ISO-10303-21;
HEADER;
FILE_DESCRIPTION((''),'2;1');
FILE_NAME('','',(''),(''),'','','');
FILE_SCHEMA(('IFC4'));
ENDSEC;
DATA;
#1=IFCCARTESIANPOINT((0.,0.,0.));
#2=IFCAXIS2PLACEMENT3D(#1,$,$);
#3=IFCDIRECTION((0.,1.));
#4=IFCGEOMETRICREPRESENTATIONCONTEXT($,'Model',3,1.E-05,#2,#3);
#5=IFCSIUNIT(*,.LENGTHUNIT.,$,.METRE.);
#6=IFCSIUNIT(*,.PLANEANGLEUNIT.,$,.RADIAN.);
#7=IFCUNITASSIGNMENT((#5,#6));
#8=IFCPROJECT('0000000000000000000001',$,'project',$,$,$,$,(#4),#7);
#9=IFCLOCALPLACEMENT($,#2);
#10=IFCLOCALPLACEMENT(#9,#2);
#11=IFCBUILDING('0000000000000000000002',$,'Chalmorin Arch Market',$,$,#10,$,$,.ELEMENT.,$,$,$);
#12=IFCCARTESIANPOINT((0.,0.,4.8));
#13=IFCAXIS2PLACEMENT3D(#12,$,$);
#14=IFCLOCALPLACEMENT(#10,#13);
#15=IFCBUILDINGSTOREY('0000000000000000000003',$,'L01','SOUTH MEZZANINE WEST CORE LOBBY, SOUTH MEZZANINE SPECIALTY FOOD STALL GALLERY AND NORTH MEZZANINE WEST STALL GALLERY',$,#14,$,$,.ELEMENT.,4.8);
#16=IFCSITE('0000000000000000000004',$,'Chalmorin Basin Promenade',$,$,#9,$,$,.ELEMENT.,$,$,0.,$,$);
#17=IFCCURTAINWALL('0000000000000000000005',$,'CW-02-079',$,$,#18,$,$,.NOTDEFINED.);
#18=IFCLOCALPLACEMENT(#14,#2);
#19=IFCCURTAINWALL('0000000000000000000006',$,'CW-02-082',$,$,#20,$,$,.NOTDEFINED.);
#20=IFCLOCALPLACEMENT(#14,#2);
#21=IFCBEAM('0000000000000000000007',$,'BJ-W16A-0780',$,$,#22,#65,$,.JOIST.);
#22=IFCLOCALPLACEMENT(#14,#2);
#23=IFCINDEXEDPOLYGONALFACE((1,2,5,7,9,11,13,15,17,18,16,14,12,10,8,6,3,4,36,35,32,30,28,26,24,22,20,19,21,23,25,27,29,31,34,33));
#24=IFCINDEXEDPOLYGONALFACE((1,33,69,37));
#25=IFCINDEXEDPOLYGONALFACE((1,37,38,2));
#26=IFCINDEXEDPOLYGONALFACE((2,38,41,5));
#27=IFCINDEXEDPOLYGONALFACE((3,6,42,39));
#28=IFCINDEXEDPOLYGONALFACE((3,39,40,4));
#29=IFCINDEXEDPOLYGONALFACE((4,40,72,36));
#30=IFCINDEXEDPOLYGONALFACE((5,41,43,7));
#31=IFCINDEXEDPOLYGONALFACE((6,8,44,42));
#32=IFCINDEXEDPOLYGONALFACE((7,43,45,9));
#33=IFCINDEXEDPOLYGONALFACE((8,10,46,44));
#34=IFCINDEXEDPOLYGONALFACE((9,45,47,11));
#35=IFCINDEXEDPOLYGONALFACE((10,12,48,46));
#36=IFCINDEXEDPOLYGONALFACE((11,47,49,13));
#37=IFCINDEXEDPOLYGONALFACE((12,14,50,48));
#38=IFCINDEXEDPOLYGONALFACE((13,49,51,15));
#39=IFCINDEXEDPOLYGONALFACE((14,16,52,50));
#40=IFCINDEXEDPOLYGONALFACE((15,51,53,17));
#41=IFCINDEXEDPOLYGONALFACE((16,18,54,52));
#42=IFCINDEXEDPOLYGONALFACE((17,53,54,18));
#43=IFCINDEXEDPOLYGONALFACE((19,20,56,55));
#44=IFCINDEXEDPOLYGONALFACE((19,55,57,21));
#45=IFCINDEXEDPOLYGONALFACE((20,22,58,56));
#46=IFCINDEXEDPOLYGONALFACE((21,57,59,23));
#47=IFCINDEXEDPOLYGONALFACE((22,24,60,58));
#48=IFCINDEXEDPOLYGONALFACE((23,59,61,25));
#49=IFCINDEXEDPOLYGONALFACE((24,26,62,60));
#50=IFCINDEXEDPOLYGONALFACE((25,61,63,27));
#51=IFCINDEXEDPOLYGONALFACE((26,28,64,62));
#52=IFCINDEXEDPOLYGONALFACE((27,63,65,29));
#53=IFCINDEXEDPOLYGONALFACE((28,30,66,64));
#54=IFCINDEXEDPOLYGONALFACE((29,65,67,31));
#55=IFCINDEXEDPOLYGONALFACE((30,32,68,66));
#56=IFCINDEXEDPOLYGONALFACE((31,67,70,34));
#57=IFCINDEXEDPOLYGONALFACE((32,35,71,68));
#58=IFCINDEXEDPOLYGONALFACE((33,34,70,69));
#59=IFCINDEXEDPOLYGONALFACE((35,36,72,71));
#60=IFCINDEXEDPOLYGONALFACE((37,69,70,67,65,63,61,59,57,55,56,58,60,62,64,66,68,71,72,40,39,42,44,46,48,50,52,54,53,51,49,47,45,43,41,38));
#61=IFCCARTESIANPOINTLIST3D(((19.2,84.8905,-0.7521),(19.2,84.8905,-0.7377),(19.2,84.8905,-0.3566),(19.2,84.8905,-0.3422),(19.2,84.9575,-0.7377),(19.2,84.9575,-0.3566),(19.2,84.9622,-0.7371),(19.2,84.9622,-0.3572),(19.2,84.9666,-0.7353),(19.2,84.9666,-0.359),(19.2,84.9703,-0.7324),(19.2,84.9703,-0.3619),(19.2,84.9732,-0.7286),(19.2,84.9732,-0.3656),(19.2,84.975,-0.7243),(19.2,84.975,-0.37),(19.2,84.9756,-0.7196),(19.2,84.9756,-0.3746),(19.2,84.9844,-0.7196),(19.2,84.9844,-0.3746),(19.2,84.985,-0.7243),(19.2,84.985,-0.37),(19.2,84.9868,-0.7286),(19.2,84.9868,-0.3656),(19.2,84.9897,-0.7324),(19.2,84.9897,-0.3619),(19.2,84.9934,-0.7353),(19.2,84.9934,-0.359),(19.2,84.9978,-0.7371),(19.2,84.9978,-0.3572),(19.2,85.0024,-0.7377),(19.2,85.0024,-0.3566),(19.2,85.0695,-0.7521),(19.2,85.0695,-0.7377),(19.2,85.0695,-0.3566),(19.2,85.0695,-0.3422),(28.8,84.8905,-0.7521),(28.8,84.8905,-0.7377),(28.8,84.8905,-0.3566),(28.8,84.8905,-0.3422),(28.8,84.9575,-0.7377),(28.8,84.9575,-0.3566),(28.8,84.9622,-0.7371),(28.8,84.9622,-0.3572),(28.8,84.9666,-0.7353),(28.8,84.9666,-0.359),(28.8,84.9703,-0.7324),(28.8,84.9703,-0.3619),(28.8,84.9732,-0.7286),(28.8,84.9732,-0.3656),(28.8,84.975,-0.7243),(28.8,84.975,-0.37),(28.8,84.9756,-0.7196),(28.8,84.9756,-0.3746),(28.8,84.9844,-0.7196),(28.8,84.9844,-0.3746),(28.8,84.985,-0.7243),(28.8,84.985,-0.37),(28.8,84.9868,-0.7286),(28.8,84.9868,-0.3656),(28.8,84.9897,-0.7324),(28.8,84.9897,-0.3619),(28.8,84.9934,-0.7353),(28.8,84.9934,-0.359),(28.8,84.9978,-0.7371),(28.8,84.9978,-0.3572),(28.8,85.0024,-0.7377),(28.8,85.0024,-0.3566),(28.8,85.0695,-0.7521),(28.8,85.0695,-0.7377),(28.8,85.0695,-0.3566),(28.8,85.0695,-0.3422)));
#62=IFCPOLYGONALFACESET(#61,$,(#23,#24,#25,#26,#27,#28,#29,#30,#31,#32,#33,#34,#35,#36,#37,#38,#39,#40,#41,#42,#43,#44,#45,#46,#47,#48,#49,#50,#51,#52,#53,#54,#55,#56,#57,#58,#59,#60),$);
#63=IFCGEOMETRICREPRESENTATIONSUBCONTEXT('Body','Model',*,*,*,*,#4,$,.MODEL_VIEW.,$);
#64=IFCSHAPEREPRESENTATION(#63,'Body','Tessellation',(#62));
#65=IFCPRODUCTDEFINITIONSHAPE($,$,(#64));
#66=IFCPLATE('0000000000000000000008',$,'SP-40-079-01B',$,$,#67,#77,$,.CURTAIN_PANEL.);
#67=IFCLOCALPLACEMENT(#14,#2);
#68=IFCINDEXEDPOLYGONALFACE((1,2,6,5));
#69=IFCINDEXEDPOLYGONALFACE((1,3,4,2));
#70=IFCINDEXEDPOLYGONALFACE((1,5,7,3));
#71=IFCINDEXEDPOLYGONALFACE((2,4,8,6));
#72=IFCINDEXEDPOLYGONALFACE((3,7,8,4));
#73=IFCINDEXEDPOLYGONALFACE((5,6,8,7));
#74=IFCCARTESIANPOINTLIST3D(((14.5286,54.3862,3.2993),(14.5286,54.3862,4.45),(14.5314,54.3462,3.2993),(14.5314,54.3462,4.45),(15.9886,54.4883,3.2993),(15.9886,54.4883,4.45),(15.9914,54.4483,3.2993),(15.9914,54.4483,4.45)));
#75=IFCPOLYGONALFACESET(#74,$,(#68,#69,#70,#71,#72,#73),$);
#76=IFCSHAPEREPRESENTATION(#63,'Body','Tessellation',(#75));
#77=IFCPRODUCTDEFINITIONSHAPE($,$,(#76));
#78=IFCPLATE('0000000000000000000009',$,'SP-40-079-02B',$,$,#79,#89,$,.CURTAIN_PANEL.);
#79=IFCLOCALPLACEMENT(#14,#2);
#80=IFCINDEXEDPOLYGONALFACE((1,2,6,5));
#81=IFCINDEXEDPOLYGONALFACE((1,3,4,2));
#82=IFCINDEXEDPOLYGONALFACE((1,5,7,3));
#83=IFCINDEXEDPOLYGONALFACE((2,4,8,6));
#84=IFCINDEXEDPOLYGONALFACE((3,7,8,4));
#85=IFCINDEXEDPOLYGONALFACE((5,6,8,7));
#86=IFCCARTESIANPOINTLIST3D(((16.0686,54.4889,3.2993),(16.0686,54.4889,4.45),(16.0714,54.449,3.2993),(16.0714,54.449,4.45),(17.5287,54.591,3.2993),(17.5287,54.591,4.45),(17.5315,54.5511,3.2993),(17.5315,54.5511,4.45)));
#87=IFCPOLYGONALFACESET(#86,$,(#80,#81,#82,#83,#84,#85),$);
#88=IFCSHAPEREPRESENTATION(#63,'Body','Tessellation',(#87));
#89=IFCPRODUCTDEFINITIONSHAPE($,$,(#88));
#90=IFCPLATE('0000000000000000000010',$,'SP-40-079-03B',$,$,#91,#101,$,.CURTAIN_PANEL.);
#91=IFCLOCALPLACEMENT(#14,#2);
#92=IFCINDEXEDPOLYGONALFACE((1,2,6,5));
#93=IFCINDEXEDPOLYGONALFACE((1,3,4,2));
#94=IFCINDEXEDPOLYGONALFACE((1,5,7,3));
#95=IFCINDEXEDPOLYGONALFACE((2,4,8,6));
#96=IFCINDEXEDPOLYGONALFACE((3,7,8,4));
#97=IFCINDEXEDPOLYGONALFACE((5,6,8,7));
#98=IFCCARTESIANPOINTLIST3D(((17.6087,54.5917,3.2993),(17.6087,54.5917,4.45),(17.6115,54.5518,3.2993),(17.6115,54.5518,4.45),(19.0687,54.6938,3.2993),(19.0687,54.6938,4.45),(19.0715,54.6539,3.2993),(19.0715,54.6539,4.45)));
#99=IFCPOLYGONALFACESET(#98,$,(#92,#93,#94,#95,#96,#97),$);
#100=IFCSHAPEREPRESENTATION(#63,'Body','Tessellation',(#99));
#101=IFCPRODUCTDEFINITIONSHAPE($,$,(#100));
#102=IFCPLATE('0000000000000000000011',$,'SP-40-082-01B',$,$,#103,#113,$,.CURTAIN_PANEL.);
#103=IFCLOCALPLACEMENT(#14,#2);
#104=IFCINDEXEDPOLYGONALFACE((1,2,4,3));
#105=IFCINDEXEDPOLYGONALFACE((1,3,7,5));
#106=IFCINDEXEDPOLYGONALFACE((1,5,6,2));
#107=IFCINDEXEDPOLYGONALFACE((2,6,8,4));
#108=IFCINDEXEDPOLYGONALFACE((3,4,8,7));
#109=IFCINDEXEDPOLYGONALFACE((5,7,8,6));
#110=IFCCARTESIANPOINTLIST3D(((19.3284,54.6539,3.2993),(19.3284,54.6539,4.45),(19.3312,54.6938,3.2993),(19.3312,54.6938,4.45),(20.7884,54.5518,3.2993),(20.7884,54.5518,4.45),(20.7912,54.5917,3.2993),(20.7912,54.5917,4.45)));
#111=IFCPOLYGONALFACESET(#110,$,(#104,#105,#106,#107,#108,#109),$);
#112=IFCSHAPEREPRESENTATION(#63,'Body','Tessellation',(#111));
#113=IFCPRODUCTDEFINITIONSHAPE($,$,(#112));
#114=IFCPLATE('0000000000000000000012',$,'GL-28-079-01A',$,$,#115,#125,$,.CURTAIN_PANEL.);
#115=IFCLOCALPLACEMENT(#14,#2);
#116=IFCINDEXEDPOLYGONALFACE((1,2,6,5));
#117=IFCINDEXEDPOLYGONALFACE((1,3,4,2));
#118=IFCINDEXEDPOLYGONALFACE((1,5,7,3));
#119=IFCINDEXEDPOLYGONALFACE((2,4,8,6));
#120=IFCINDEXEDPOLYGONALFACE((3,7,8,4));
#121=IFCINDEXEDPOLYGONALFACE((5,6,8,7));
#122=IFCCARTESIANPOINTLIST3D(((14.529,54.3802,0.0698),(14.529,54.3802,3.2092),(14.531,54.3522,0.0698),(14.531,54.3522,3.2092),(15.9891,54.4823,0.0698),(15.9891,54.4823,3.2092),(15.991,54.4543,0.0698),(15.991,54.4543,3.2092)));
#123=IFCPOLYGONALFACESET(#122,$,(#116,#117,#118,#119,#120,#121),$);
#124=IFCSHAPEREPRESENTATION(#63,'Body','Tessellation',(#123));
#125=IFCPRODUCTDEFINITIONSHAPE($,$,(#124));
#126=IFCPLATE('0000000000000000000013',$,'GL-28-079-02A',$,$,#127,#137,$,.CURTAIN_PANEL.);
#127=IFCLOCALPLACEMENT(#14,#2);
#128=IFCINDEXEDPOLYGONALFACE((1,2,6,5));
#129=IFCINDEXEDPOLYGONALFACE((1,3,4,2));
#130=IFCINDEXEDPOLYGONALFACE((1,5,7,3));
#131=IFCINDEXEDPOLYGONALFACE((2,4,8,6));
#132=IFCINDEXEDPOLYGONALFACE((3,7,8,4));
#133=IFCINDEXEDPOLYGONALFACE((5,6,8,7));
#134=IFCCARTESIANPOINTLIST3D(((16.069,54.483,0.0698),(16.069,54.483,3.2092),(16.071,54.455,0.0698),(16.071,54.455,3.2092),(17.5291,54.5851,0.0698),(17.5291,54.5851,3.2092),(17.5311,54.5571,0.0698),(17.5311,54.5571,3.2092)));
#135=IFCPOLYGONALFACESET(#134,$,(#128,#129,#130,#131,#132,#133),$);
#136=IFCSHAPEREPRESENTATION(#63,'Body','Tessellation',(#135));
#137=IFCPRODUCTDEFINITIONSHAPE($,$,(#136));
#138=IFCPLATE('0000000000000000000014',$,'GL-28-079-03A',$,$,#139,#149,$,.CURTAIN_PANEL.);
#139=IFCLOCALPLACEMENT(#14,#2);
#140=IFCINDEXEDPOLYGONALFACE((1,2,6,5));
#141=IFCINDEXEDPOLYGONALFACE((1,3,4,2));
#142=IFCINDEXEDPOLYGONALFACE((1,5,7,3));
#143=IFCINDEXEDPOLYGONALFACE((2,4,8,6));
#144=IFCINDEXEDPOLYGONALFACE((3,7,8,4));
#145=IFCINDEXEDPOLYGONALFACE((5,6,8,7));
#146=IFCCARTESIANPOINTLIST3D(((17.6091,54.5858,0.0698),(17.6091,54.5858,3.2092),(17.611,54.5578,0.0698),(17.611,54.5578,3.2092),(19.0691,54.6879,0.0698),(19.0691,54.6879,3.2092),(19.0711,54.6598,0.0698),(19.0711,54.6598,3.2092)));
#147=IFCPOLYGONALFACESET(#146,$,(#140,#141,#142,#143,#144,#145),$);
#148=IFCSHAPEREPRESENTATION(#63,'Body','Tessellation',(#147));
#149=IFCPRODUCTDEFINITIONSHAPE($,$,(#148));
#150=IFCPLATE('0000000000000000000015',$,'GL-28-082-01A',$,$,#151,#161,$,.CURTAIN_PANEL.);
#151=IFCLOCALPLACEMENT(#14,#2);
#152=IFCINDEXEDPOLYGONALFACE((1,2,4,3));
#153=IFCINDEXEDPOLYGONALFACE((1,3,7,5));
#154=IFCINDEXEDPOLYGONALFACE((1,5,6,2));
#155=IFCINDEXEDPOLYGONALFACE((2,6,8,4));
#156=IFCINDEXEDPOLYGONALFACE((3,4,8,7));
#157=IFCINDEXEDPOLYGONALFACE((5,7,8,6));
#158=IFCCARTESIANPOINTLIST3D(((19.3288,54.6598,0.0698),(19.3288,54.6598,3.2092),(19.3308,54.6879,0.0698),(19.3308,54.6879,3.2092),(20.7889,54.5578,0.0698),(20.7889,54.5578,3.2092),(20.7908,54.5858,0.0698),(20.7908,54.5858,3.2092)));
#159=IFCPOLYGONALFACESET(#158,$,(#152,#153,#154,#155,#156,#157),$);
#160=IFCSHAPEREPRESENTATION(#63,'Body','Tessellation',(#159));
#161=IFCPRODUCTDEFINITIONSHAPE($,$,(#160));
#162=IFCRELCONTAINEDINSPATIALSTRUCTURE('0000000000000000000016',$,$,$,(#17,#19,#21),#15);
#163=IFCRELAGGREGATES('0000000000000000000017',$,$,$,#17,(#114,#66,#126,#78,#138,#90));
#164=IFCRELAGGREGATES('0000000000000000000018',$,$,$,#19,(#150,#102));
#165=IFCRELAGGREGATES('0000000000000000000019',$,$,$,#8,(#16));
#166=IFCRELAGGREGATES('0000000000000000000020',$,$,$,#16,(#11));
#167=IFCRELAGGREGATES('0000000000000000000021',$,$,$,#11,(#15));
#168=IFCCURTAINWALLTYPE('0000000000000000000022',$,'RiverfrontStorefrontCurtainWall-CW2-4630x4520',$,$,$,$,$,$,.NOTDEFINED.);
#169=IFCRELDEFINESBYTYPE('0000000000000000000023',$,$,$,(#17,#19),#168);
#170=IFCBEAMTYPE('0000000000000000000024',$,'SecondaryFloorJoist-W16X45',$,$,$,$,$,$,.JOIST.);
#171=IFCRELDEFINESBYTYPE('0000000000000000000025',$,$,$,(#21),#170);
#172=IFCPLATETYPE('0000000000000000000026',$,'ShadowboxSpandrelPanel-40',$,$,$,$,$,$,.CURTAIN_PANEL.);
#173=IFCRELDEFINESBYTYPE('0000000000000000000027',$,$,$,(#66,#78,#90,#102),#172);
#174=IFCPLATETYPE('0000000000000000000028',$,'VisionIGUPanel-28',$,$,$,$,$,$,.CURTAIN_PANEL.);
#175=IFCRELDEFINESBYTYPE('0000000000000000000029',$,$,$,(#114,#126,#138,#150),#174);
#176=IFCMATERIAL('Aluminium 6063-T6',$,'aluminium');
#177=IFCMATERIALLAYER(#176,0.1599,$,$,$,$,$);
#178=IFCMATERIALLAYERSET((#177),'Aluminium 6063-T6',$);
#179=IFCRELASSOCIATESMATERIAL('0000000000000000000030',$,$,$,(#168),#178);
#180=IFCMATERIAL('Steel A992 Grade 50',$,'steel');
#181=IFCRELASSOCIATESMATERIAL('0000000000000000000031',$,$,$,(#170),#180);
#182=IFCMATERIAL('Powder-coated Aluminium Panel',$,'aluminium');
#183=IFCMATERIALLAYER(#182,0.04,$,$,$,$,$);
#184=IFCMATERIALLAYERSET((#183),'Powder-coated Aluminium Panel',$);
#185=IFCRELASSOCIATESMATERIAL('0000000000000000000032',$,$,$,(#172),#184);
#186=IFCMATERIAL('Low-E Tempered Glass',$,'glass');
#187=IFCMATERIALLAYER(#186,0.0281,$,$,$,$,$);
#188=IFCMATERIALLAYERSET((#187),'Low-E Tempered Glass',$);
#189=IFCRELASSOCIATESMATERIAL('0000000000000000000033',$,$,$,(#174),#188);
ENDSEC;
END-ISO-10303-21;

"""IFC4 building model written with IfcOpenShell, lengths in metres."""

from ifc_helpers import new_model, si_unit, direction, frame, origin, origin_2d, place, context, subcontext, project, spatial, rectangle, i_section, extrude, material, layer, layer_set, material_profile, profile_set, type_object, element, aggregate, save


model = new_model("IFC4")

# Units and contexts
model_context = context("Model", 3, precision=1e-05, world=origin(), true_north=direction((0.0, 1.0)))
body_context = subcontext(model_context, "Body", "Model", "MODEL_VIEW")
ifc_project = project(units=[si_unit("LENGTHUNIT", "METRE"), si_unit("PLANEANGLEUNIT", "RADIAN")], contexts=[model_context])

# Site, building, storey
site_placement = place(None, origin())
site = spatial("IfcSite", under=ifc_project, at=site_placement, Name="Chalmorin Basin Promenade", CompositionType="ELEMENT", RefElevation=0.0)
building_placement = place(site_placement, origin())
building = spatial("IfcBuilding", under=site, at=building_placement, Name="Chalmorin Arch Market", CompositionType="ELEMENT")
storey_placement = place(building_placement, frame((0.0, 0.0, 4.8)))
storey = spatial("IfcBuildingStorey", under=building, at=storey_placement, Name="L01", Description="SOUTH MEZZANINE WEST CORE LOBBY, SOUTH MEZZANINE SPECIALTY FOOD STALL GALLERY AND NORTH MEZZANINE WEST STALL GALLERY", CompositionType="ELEMENT", Elevation=4.8)

# Curtain wall
ifc_material_1 = material(Name="Aluminium 6063-T6", Category="aluminium")
ifc_layer_1 = layer(ifc_material_1, 0.1599)
ifc_layer_set_1 = layer_set([ifc_layer_1], Name="Aluminium 6063-T6")
curtain_wall_type = type_object("IfcCurtainWallType", Name="RiverfrontStorefrontCurtainWall-CW2-4630x4520", PredefinedType="NOTDEFINED", material=ifc_layer_set_1)
curtain_wall_1_placement = place(storey_placement, origin())
curtain_wall_1 = element("IfcCurtainWall", 1, at=curtain_wall_1_placement, inside=storey, type_object=curtain_wall_type, Name="CW-02-079", PredefinedType="NOTDEFINED")

# Curtain wall
curtain_wall_2_placement = place(storey_placement, origin())
curtain_wall_2 = element("IfcCurtainWall", 2, at=curtain_wall_2_placement, inside=storey, type_object=curtain_wall_type, Name="CW-02-082", PredefinedType="NOTDEFINED")

# Beam
ifc_material_2 = material(Name="Steel A992 Grade 50", Category="steel")
ifc_material_profile_1 = material_profile(ifc_material_2, i_section(OverallWidth=0.179, OverallDepth=0.4099, WebThickness=0.0088, FlangeThickness=0.0144, FilletRadius=0.0181, at=origin_2d()), Name="W16X45")
ifc_profile_set_1 = profile_set([ifc_material_profile_1], Name="Steel A992 Grade 50")
beam_type_1 = type_object("IfcBeamType", Name="SecondaryFloorJoist-W16X45", PredefinedType="JOIST", material=ifc_profile_set_1)
for number, where, z_axis, x_axis, name in (
    (3, (19.2, 84.98, -0.5471), (1.0, 0.0, 0.0), (0.0, 1.0, 0.0), "BJ-W16A-0780"),
):
    element("IfcBeam", number, at=place(storey_placement, frame(where, z_axis=z_axis, x_axis=x_axis)), inside=storey, type_object=beam_type_1, Name=name, PredefinedType="JOIST", context=body_context, shape_type="SweptSolid", body=[
        extrude(i_section(OverallWidth=0.179, OverallDepth=0.4099, WebThickness=0.0088, FlangeThickness=0.0144, FilletRadius=0.0181, at=origin_2d()), origin(), (0.0, 0.0, 1.0), 9.6001),
    ])

# Plates
ifc_material_3 = material(Name="Powder-coated Aluminium Panel", Category="aluminium")
ifc_layer_2 = layer(ifc_material_3, 0.04)
ifc_layer_set_2 = layer_set([ifc_layer_2], Name="Powder-coated Aluminium Panel")
plate_type_1 = type_object("IfcPlateType", Name="ShadowboxSpandrelPanel-40", PredefinedType="CURTAIN_PANEL", material=ifc_layer_set_2)
plate_1_placement = place(storey_placement, frame((15.26, 54.4172, 3.2993), z_axis=(0.0, 0.0, 1.0), x_axis=(0.997564, 0.069756, 0.0)))
plate_1 = element("IfcPlate", 4, at=plate_1_placement, type_object=plate_type_1, Name="SP-40-079-01B", PredefinedType="CURTAIN_PANEL", context=body_context, shape_type="SweptSolid", body=[
    extrude(rectangle(XDim=1.4636, YDim=0.04, at=origin_2d()), origin(), (0.0, 0.0, 1.0), 1.1506),
])
plate_2_placement = place(storey_placement, frame((16.8, 54.52, 3.2993), z_axis=(0.0, 0.0, 1.0), x_axis=(0.997564, 0.069756, 0.0)))
plate_2 = element("IfcPlate", 5, at=plate_2_placement, type_object=plate_type_1, Name="SP-40-079-02B", PredefinedType="CURTAIN_PANEL", context=body_context, shape_type="SweptSolid", body=[
    extrude(rectangle(XDim=1.4636, YDim=0.04, at=origin_2d()), origin(), (0.0, 0.0, 1.0), 1.1506),
])
plate_3_placement = place(storey_placement, frame((18.3401, 54.6228, 3.2993), z_axis=(0.0, 0.0, 1.0), x_axis=(0.997564, 0.069756, 0.0)))
plate_3 = element("IfcPlate", 6, at=plate_3_placement, type_object=plate_type_1, Name="SP-40-079-03B", PredefinedType="CURTAIN_PANEL", context=body_context, shape_type="SweptSolid", body=[
    extrude(rectangle(XDim=1.4636, YDim=0.04, at=origin_2d()), origin(), (0.0, 0.0, 1.0), 1.1506),
])
plate_4_placement = place(storey_placement, frame((20.0598, 54.6228, 3.2993), z_axis=(0.0, 0.0, 1.0), x_axis=(0.997564, -0.069756, 0.0)))
plate_4 = element("IfcPlate", 7, at=plate_4_placement, type_object=plate_type_1, Name="SP-40-082-01B", PredefinedType="CURTAIN_PANEL", context=body_context, shape_type="SweptSolid", body=[
    extrude(rectangle(XDim=1.4636, YDim=0.04, at=origin_2d()), origin(), (0.0, 0.0, 1.0), 1.1506),
])
ifc_material_4 = material(Name="Low-E Tempered Glass", Category="glass")
ifc_layer_3 = layer(ifc_material_4, 0.0281)
ifc_layer_set_3 = layer_set([ifc_layer_3], Name="Low-E Tempered Glass")
plate_type_2 = type_object("IfcPlateType", Name="VisionIGUPanel-28", PredefinedType="CURTAIN_PANEL", material=ifc_layer_set_3)
plate_5_placement = place(storey_placement, frame((15.26, 54.4172, 0.0698), z_axis=(0.0, 0.0, 1.0), x_axis=(0.997564, 0.069756, 0.0)))
plate_5 = element("IfcPlate", 8, at=plate_5_placement, type_object=plate_type_2, Name="GL-28-079-01A", PredefinedType="CURTAIN_PANEL", context=body_context, shape_type="SweptSolid", body=[
    extrude(rectangle(XDim=1.4636, YDim=0.0281, at=origin_2d()), origin(), (0.0, 0.0, 1.0), 3.1394),
])
plate_6_placement = place(storey_placement, frame((16.8, 54.52, 0.0698), z_axis=(0.0, 0.0, 1.0), x_axis=(0.997564, 0.069756, 0.0)))
plate_6 = element("IfcPlate", 9, at=plate_6_placement, type_object=plate_type_2, Name="GL-28-079-02A", PredefinedType="CURTAIN_PANEL", context=body_context, shape_type="SweptSolid", body=[
    extrude(rectangle(XDim=1.4636, YDim=0.0281, at=origin_2d()), origin(), (0.0, 0.0, 1.0), 3.1394),
])
plate_7_placement = place(storey_placement, frame((18.3401, 54.6228, 0.0698), z_axis=(0.0, 0.0, 1.0), x_axis=(0.997564, 0.069756, 0.0)))
plate_7 = element("IfcPlate", 10, at=plate_7_placement, type_object=plate_type_2, Name="GL-28-079-03A", PredefinedType="CURTAIN_PANEL", context=body_context, shape_type="SweptSolid", body=[
    extrude(rectangle(XDim=1.4636, YDim=0.0281, at=origin_2d()), origin(), (0.0, 0.0, 1.0), 3.1394),
])
aggregate(curtain_wall_1, [plate_5, plate_1, plate_6, plate_2, plate_7, plate_3])
plate_8_placement = place(storey_placement, frame((20.0598, 54.6228, 0.0698), z_axis=(0.0, 0.0, 1.0), x_axis=(0.997564, -0.069756, 0.0)))
plate_8 = element("IfcPlate", 11, at=plate_8_placement, type_object=plate_type_2, Name="GL-28-082-01A", PredefinedType="CURTAIN_PANEL", context=body_context, shape_type="SweptSolid", body=[
    extrude(rectangle(XDim=1.4636, YDim=0.0281, at=origin_2d()), origin(), (0.0, 0.0, 1.0), 3.1394),
])
aggregate(curtain_wall_2, [plate_8, plate_4])

save(model, "model.ifc")
